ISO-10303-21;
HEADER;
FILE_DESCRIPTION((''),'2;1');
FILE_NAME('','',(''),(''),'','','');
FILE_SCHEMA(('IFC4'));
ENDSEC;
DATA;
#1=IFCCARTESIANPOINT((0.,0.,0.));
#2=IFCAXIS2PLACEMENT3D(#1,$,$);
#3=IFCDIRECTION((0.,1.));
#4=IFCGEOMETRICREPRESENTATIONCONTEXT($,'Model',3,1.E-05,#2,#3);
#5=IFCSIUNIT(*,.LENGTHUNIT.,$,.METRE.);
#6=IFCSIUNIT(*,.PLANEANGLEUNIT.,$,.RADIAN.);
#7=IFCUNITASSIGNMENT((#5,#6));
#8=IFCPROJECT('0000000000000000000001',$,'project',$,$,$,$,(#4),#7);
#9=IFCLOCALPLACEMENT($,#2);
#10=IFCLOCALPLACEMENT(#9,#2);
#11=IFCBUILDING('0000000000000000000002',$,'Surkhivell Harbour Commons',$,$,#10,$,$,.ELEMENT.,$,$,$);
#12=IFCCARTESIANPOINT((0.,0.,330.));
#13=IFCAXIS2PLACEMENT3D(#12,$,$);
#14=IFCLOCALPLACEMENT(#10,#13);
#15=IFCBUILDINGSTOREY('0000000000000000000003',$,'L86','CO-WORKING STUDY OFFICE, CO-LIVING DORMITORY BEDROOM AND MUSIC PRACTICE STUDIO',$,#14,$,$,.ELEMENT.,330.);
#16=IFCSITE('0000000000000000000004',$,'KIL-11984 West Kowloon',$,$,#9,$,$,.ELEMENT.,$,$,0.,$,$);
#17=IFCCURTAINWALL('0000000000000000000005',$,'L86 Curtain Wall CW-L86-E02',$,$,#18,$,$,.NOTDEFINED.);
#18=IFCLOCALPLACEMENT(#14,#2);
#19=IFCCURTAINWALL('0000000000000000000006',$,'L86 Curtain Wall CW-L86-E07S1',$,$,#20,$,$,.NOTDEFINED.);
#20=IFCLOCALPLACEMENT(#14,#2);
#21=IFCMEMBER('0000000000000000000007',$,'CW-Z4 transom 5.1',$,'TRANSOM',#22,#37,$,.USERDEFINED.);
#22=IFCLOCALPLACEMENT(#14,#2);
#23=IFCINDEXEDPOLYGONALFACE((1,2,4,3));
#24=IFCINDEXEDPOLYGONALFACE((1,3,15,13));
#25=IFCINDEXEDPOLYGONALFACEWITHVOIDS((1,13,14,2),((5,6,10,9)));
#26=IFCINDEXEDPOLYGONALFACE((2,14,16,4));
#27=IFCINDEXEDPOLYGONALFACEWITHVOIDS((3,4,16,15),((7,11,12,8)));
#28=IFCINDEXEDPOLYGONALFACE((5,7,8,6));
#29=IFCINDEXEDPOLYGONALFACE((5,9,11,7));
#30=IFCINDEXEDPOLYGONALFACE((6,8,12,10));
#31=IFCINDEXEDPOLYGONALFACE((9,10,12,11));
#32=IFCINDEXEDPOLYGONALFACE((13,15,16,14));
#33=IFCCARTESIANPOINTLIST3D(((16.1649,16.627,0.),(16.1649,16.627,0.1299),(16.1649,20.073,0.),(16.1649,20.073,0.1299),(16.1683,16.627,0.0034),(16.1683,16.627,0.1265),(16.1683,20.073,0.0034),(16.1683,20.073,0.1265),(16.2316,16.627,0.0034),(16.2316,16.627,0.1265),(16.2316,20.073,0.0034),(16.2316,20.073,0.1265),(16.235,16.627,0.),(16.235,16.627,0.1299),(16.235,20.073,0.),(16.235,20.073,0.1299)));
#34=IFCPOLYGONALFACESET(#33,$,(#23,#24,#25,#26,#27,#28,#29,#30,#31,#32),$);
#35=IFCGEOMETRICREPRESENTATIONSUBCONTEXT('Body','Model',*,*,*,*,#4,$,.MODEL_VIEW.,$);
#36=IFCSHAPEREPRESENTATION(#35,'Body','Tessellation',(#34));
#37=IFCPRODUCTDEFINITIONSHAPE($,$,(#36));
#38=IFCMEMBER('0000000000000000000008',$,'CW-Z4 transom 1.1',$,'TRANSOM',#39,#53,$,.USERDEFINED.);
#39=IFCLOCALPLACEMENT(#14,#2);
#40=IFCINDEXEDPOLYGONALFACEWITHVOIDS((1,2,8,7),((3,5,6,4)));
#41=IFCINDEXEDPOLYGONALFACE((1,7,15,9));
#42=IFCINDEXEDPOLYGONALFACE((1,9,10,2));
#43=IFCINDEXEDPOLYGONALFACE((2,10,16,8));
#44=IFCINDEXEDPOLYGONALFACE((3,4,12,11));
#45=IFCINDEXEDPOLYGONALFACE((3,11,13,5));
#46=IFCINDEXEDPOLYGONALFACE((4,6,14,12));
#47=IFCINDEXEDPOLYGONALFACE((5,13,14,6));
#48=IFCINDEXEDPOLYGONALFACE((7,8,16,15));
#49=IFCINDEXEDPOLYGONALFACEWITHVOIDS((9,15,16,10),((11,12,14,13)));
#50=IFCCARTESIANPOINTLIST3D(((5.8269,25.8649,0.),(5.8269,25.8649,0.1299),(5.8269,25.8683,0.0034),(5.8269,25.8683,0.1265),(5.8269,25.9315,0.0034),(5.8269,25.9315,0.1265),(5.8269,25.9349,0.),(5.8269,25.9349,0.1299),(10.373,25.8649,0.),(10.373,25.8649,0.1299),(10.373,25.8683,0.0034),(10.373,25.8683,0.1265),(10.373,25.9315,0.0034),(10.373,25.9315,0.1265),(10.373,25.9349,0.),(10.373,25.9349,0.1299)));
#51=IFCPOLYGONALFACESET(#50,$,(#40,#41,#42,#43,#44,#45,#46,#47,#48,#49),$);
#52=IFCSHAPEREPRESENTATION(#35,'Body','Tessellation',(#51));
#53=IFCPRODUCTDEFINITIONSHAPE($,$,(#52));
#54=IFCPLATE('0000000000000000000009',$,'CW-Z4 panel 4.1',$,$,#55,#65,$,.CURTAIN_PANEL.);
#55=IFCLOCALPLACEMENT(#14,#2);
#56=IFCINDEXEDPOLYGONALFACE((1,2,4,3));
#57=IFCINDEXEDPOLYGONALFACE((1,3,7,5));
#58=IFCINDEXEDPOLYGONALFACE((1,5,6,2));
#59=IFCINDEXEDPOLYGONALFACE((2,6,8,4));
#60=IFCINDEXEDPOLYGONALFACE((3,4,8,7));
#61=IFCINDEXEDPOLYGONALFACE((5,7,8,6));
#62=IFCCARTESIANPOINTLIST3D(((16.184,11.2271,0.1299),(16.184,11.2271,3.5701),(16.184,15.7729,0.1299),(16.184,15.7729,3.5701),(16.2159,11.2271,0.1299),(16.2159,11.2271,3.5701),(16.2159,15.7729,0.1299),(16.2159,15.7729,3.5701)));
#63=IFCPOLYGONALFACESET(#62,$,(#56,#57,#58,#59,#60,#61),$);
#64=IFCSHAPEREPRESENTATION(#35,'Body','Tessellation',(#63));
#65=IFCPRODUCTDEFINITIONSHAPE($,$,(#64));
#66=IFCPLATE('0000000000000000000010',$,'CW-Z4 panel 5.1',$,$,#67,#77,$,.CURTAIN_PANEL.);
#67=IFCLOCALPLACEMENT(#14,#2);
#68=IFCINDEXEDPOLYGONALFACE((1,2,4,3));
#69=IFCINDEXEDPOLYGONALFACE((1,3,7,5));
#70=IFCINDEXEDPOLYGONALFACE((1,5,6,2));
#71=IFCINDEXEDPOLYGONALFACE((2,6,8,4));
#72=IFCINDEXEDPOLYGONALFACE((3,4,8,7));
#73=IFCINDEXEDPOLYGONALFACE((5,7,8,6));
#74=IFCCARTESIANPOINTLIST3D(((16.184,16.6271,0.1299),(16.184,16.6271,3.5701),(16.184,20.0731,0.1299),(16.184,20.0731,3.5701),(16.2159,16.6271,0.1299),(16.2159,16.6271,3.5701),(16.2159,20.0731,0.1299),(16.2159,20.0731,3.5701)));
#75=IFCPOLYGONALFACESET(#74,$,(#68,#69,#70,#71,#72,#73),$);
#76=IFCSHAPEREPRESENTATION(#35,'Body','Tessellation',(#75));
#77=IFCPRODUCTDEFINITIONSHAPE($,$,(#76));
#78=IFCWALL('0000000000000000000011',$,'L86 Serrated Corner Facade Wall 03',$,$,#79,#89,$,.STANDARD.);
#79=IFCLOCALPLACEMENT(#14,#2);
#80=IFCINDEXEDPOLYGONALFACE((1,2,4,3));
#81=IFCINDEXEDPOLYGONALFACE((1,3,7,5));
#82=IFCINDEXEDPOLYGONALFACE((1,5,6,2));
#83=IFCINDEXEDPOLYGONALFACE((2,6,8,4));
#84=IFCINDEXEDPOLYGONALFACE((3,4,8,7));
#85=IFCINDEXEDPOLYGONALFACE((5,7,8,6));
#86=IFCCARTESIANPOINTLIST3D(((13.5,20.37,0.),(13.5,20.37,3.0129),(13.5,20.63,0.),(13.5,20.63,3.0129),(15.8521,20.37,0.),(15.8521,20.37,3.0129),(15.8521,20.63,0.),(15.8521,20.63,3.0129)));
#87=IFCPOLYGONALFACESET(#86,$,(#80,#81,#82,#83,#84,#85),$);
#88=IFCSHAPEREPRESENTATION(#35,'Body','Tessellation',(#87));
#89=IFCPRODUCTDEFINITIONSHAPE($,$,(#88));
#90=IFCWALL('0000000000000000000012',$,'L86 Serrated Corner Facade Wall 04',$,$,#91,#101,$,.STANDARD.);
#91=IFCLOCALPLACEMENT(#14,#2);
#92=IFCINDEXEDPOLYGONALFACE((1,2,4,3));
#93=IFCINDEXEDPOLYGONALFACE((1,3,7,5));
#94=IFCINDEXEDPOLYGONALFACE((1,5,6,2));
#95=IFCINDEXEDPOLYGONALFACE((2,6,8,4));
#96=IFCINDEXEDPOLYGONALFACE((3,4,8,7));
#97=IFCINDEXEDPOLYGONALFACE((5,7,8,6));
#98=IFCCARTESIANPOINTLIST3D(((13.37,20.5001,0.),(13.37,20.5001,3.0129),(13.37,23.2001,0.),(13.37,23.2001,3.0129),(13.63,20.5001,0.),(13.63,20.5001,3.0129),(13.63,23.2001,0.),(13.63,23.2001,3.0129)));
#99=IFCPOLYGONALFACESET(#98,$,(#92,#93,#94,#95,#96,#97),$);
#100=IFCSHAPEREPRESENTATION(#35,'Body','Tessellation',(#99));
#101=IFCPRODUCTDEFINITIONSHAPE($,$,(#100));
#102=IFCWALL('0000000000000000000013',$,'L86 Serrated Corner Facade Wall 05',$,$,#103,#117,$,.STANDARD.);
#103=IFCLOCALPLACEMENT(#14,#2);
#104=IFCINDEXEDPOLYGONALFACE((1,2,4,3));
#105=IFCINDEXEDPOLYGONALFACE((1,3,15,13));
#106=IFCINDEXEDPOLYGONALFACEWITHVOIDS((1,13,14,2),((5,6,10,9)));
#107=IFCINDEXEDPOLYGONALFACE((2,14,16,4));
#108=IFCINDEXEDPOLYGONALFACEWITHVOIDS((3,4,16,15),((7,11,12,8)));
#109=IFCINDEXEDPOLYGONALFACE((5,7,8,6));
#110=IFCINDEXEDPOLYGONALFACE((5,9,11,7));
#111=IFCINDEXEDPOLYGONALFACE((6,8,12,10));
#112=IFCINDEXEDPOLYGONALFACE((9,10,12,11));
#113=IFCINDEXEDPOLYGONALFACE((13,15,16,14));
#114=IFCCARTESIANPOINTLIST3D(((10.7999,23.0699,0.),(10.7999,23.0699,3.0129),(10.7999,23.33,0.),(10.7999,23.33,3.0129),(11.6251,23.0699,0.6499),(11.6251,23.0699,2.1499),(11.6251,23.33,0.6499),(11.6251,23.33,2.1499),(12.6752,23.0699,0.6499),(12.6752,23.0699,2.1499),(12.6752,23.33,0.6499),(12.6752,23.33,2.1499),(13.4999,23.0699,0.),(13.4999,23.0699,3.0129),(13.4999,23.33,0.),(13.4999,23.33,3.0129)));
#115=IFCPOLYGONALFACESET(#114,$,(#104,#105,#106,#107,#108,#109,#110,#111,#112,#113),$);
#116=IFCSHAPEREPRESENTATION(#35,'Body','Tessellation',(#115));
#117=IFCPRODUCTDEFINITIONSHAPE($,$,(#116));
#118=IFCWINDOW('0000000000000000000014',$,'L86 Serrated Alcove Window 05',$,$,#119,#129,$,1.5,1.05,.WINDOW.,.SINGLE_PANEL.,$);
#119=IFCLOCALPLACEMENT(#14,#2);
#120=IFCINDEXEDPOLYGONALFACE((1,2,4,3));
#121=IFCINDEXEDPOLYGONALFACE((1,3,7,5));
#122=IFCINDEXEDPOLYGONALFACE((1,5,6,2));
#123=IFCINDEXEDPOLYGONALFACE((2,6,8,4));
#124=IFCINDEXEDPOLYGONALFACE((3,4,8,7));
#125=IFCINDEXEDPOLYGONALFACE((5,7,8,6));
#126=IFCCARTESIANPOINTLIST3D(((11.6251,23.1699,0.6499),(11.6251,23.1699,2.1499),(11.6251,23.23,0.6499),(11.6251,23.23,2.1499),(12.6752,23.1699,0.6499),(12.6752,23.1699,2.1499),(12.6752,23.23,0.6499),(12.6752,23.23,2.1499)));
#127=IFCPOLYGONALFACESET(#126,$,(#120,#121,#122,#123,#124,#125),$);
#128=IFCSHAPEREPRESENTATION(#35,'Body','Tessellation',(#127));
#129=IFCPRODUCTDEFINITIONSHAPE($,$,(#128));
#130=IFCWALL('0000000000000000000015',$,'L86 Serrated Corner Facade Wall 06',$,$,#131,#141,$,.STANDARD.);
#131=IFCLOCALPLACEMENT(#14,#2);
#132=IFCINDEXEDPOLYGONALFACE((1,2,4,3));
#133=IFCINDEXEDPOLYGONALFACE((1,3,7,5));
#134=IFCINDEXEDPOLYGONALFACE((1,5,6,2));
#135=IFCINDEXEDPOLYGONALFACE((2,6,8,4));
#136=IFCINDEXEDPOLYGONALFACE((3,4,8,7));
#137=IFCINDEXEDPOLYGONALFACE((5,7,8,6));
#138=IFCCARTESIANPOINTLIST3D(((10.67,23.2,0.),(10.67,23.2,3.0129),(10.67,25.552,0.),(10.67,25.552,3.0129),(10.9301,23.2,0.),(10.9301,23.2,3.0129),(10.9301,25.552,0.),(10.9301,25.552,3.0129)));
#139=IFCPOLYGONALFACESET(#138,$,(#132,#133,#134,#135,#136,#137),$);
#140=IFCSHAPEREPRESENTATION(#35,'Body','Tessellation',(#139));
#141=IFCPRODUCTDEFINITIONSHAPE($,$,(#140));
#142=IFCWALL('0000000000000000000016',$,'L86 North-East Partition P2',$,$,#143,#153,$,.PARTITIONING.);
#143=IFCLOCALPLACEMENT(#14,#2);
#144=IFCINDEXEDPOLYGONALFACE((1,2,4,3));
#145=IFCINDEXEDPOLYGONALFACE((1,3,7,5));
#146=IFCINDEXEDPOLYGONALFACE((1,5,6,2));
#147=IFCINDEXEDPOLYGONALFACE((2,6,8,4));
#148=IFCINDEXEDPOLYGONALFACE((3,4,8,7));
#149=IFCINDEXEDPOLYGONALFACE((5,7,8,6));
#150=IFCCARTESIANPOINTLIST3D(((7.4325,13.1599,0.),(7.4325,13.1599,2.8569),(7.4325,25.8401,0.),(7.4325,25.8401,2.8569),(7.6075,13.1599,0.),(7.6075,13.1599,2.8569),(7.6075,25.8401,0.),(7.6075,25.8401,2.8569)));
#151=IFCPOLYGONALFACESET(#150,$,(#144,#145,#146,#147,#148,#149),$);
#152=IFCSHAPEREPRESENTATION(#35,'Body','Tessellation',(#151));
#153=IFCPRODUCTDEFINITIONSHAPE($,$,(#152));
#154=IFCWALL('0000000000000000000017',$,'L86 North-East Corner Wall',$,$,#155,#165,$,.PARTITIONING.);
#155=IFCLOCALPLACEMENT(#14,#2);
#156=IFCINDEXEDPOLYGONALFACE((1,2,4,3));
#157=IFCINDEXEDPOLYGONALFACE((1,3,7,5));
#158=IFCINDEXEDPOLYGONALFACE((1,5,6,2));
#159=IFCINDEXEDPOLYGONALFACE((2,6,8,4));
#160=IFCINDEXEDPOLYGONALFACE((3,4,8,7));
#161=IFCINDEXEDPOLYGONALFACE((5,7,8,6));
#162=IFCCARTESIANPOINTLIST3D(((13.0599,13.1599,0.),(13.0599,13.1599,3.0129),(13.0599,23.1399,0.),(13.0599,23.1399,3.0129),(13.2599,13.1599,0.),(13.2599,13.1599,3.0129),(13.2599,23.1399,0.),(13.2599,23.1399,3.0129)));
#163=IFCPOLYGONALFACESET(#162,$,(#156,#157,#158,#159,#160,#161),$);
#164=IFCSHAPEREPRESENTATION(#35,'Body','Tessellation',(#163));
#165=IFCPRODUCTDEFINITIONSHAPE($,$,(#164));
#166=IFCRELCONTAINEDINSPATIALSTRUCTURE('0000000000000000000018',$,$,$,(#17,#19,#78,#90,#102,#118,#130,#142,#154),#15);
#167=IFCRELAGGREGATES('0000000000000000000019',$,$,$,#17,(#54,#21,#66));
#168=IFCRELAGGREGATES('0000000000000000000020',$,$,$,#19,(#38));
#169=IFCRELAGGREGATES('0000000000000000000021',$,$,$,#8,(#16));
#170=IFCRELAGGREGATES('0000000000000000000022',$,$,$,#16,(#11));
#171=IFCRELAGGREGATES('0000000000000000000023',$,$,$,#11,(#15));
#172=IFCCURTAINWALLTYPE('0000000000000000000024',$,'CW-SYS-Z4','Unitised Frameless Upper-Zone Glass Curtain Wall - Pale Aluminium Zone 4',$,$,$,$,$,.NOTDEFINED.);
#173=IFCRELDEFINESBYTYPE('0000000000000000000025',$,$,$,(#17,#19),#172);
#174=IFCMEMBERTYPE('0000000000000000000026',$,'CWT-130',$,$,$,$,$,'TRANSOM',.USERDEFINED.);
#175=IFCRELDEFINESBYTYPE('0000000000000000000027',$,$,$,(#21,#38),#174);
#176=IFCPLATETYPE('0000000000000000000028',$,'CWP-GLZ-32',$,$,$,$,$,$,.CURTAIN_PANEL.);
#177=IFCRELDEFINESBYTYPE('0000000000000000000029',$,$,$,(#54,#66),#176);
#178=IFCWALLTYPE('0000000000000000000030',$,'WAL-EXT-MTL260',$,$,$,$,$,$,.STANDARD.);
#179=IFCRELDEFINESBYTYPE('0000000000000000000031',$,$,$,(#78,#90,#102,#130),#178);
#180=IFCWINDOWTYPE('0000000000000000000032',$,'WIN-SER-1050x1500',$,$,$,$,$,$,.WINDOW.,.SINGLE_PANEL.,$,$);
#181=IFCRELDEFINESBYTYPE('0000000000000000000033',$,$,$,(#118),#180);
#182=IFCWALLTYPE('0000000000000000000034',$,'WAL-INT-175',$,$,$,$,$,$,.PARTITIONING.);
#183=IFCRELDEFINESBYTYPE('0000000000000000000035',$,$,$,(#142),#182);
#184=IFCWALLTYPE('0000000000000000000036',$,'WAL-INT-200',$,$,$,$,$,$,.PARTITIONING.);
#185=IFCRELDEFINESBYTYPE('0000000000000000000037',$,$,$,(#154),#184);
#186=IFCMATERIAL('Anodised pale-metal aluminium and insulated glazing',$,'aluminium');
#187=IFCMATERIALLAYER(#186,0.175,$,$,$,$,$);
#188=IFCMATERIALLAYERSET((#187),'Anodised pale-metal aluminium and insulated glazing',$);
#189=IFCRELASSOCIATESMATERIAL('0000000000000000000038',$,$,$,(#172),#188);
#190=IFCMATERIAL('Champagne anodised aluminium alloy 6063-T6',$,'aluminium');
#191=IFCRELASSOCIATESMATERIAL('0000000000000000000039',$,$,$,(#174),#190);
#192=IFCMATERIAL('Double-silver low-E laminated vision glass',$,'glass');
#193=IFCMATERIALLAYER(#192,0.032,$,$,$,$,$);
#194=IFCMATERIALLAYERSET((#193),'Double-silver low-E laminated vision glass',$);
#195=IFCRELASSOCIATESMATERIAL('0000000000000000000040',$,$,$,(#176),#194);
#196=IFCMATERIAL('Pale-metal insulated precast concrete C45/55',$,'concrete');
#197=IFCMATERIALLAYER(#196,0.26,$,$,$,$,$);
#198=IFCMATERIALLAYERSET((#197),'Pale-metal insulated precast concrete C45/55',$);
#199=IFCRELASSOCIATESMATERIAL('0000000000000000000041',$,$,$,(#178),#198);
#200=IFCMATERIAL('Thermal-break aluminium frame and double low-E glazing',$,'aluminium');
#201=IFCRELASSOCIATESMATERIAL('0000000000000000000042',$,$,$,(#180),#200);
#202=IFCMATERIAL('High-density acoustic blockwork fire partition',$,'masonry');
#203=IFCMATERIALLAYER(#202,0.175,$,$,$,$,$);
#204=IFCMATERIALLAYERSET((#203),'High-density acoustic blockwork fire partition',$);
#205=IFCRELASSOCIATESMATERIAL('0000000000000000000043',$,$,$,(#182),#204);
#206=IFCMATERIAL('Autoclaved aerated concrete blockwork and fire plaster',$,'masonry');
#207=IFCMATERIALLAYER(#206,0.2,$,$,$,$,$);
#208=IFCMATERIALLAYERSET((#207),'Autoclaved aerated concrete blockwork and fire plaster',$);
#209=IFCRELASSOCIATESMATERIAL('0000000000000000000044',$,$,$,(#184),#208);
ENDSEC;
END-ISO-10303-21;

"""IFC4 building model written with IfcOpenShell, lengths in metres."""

from ifc_helpers import new_model, si_unit, direction, frame, frame_2d, origin, origin_2d, place, context, subcontext, project, spatial, rectangle, hollow_rectangle, extrude, material, layer, layer_set, material_profile, profile_set, type_object, element, fill, aggregate, save


model = new_model("IFC4")

# Units and contexts
model_context = context("Model", 3, precision=1e-05, world=origin(), true_north=direction((0.0, 1.0)))
body_context = subcontext(model_context, "Body", "Model", "MODEL_VIEW")
ifc_project = project(units=[si_unit("LENGTHUNIT", "METRE"), si_unit("PLANEANGLEUNIT", "RADIAN")], contexts=[model_context])

# Site, building, storey
site_placement = place(None, origin())
site = spatial("IfcSite", under=ifc_project, at=site_placement, Name="KIL-11984 West Kowloon", CompositionType="ELEMENT", RefElevation=0.0)
building_placement = place(site_placement, origin())
building = spatial("IfcBuilding", under=site, at=building_placement, Name="Surkhivell Harbour Commons", CompositionType="ELEMENT")
storey_placement = place(building_placement, frame((0.0, 0.0, 330.0)))
storey = spatial("IfcBuildingStorey", under=building, at=storey_placement, Name="L86", Description="CO-WORKING STUDY OFFICE, CO-LIVING DORMITORY BEDROOM AND MUSIC PRACTICE STUDIO", CompositionType="ELEMENT", Elevation=330.0)

# Curtain walls
ifc_material_1 = material(Name="Anodised pale-metal aluminium and insulated glazing", Category="aluminium")
ifc_layer_1 = layer(ifc_material_1, 0.175)
ifc_layer_set_1 = layer_set([ifc_layer_1], Name="Anodised pale-metal aluminium and insulated glazing")
curtain_wall_type = type_object("IfcCurtainWallType", Name="CW-SYS-Z4", Description="Unitised Frameless Upper-Zone Glass Curtain Wall - Pale Aluminium Zone 4", PredefinedType="NOTDEFINED", material=ifc_layer_set_1)
curtain_wall_1_placement = place(storey_placement, origin())
curtain_wall_1 = element("IfcCurtainWall", 1, at=curtain_wall_1_placement, inside=storey, type_object=curtain_wall_type, Name="L86 Curtain Wall CW-L86-E02", PredefinedType="NOTDEFINED")
curtain_wall_2_placement = place(storey_placement, origin())
curtain_wall_2 = element("IfcCurtainWall", 2, at=curtain_wall_2_placement, inside=storey, type_object=curtain_wall_type, Name="L86 Curtain Wall CW-L86-E07S1", PredefinedType="NOTDEFINED")

# Members
ifc_material_2 = material(Name="Champagne anodised aluminium alloy 6063-T6", Category="aluminium")
ifc_material_profile_1 = material_profile(ifc_material_2, hollow_rectangle(XDim=0.0701, YDim=0.1299, WallThickness=0.0034, at=origin_2d()), Name="ALU-TRAN-70x130")
ifc_profile_set_1 = profile_set([ifc_material_profile_1], Name="Champagne anodised aluminium alloy 6063-T6")
member_type_1 = type_object("IfcMemberType", Name="CWT-130", ElementType="TRANSOM", PredefinedType="USERDEFINED", material=ifc_profile_set_1)
member_1_placement = place(storey_placement, frame((16.2, 16.627, 0.0649), z_axis=(0.0, 1.0, 0.0), x_axis=(-1.0, 0.0, 0.0)))
member_1 = element("IfcMember", 3, at=member_1_placement, type_object=member_type_1, Name="CW-Z4 transom 5.1", ObjectType="TRANSOM", PredefinedType="USERDEFINED", context=body_context, shape_type="SweptSolid", body=[
    extrude(hollow_rectangle(XDim=0.0701, YDim=0.1299, WallThickness=0.0034, at=origin_2d()), origin(), (0.0, 0.0, 1.0), 3.446),
])
member_2_placement = place(storey_placement, frame((10.373, 25.8999, 0.0649), z_axis=(-1.0, 0.0, 0.0), x_axis=(0.0, -1.0, 0.0)))
member_2 = element("IfcMember", 4, at=member_2_placement, type_object=member_type_1, Name="CW-Z4 transom 1.1", ObjectType="TRANSOM", PredefinedType="USERDEFINED", context=body_context, shape_type="SweptSolid", body=[
    extrude(hollow_rectangle(XDim=0.0701, YDim=0.1299, WallThickness=0.0034, at=origin_2d()), origin(), (0.0, 0.0, 1.0), 4.5461),
])

# Plates
ifc_material_3 = material(Name="Double-silver low-E laminated vision glass", Category="glass")
ifc_layer_2 = layer(ifc_material_3, 0.032)
ifc_layer_set_2 = layer_set([ifc_layer_2], Name="Double-silver low-E laminated vision glass")
plate_type = type_object("IfcPlateType", Name="CWP-GLZ-32", PredefinedType="CURTAIN_PANEL", material=ifc_layer_set_2)
plate_1_placement = place(storey_placement, frame((16.2, 11.2271, 0.1299), z_axis=(0.0, 0.0, 1.0), x_axis=(0.0, 1.0, 0.0)))
plate_1 = element("IfcPlate", 5, at=plate_1_placement, type_object=plate_type, Name="CW-Z4 panel 4.1", PredefinedType="CURTAIN_PANEL", context=body_context, shape_type="SweptSolid", body=[
    extrude(rectangle(XDim=4.5459, YDim=0.032, at=frame_2d((2.2729, 0.0))), origin(), (0.0, 0.0, 1.0), 3.4402),
])
plate_2_placement = place(storey_placement, frame((16.2, 16.627, 0.1299), z_axis=(0.0, 0.0, 1.0), x_axis=(0.0, 1.0, 0.0)))
plate_2 = element("IfcPlate", 6, at=plate_2_placement, type_object=plate_type, Name="CW-Z4 panel 5.1", PredefinedType="CURTAIN_PANEL", context=body_context, shape_type="SweptSolid", body=[
    extrude(rectangle(XDim=3.446, YDim=0.032, at=frame_2d((1.7231, 0.0))), origin(), (0.0, 0.0, 1.0), 3.4402),
])
aggregate(curtain_wall_1, [plate_1, member_1, plate_2])
aggregate(curtain_wall_2, [member_2])

# Walls
ifc_material_4 = material(Name="Pale-metal insulated precast concrete C45/55", Category="concrete")
ifc_layer_3 = layer(ifc_material_4, 0.26)
ifc_layer_set_3 = layer_set([ifc_layer_3], Name="Pale-metal insulated precast concrete C45/55")
wall_type_1 = type_object("IfcWallType", Name="WAL-EXT-MTL260", PredefinedType="STANDARD", material=ifc_layer_set_3)
wall_1_placement = place(storey_placement, frame((15.8521, 20.5, 0.0), z_axis=(0.0, 0.0, 1.0), x_axis=(-1.0, 0.0, 0.0)))
element("IfcWall", 7, at=wall_1_placement, inside=storey, type_object=wall_type_1, Name="L86 Serrated Corner Facade Wall 03", PredefinedType="STANDARD", context=body_context, shape_type="SweptSolid", body=[
    extrude(rectangle(XDim=2.3521, YDim=0.26, at=frame_2d((1.176, 0.0))), origin(), (0.0, 0.0, 1.0), 3.0129),
])
wall_2_placement = place(storey_placement, frame((13.5, 20.5, 0.0), z_axis=(0.0, 0.0, 1.0), x_axis=(0.0, 1.0, 0.0)))
element("IfcWall", 8, at=wall_2_placement, inside=storey, type_object=wall_type_1, Name="L86 Serrated Corner Facade Wall 04", PredefinedType="STANDARD", context=body_context, shape_type="SweptSolid", body=[
    extrude(rectangle(XDim=2.7, YDim=0.26, at=frame_2d((1.3501, 0.0))), origin(), (0.0, 0.0, 1.0), 3.0129),
])

# Wall, opening, window
wall_3_placement = place(storey_placement, frame((13.5, 23.2, 0.0), z_axis=(0.0, 0.0, 1.0), x_axis=(-1.0, 0.0, 0.0)))
wall_3 = element("IfcWall", 9, at=wall_3_placement, inside=storey, type_object=wall_type_1, Name="L86 Serrated Corner Facade Wall 05", PredefinedType="STANDARD", context=body_context, shape_type="SweptSolid", body=[
    extrude(rectangle(XDim=2.7, YDim=0.26, at=frame_2d((1.3501, 0.0))), origin(), (0.0, 0.0, 1.0), 3.0129),
])
opening_placement = place(wall_3_placement, frame((0.825, 0.0, 0.6499)))
opening = element("IfcOpeningElement", 10, at=opening_placement, cuts=wall_3, PredefinedType="OPENING", context=body_context, shape_type="SweptSolid", body=[
    extrude(rectangle(XDim=1.05, YDim=1.5, at=frame_2d((0.5249, 0.75))), frame((0.0, 0.1399, 0.0), z_axis=(0.0, -1.0, 0.0), x_axis=(1.0, 0.0, 0.0)), (0.0, 0.0, 1.0), 0.28),
])
ifc_material_5 = material(Name="Thermal-break aluminium frame and double low-E glazing", Category="aluminium")
window_type = type_object("IfcWindowType", Name="WIN-SER-1050x1500", PartitioningType="SINGLE_PANEL", PredefinedType="WINDOW", material=ifc_material_5)
window_placement = place(opening_placement, origin())
window = element("IfcWindow", 11, at=window_placement, inside=storey, type_object=window_type, Name="L86 Serrated Alcove Window 05", OverallHeight=1.5, OverallWidth=1.05, PartitioningType="SINGLE_PANEL", PredefinedType="WINDOW", context=body_context, shape_type="SweptSolid", body=[
    extrude(rectangle(XDim=1.05, YDim=1.5, at=frame_2d((0.5249, 0.75))), frame((0.0, 0.03, 0.0), z_axis=(0.0, -1.0, 0.0), x_axis=(1.0, 0.0, 0.0)), (0.0, 0.0, 1.0), 0.0601),
])
fill(opening, window)

# Walls
wall_4_placement = place(storey_placement, frame((10.8, 23.2, 0.0), z_axis=(0.0, 0.0, 1.0), x_axis=(0.0, 1.0, 0.0)))
element("IfcWall", 12, at=wall_4_placement, inside=storey, type_object=wall_type_1, Name="L86 Serrated Corner Facade Wall 06", PredefinedType="STANDARD", context=body_context, shape_type="SweptSolid", body=[
    extrude(rectangle(XDim=2.3521, YDim=0.26, at=frame_2d((1.176, 0.0))), origin(), (0.0, 0.0, 1.0), 3.0129),
])
ifc_material_6 = material(Name="High-density acoustic blockwork fire partition", Category="masonry")
ifc_layer_4 = layer(ifc_material_6, 0.175)
ifc_layer_set_4 = layer_set([ifc_layer_4], Name="High-density acoustic blockwork fire partition")
wall_type_2 = type_object("IfcWallType", Name="WAL-INT-175", PredefinedType="PARTITIONING", material=ifc_layer_set_4)
wall_5_placement = place(storey_placement, frame((7.52, 13.1599, 0.0), z_axis=(0.0, 0.0, 1.0), x_axis=(0.0, 1.0, 0.0)))
element("IfcWall", 13, at=wall_5_placement, inside=storey, type_object=wall_type_2, Name="L86 North-East Partition P2", PredefinedType="PARTITIONING", context=body_context, shape_type="SweptSolid", body=[
    extrude(rectangle(XDim=12.6802, YDim=0.175, at=frame_2d((6.3401, 0.0))), origin(), (0.0, 0.0, 1.0), 2.8569),
])
ifc_material_7 = material(Name="Autoclaved aerated concrete blockwork and fire plaster", Category="masonry")
ifc_layer_5 = layer(ifc_material_7, 0.2)
ifc_layer_set_5 = layer_set([ifc_layer_5], Name="Autoclaved aerated concrete blockwork and fire plaster")
wall_type_3 = type_object("IfcWallType", Name="WAL-INT-200", PredefinedType="PARTITIONING", material=ifc_layer_set_5)
wall_6_placement = place(storey_placement, frame((13.1599, 13.1599, 0.0), z_axis=(0.0, 0.0, 1.0), x_axis=(0.0, 1.0, 0.0)))
element("IfcWall", 14, at=wall_6_placement, inside=storey, type_object=wall_type_3, Name="L86 North-East Corner Wall", PredefinedType="PARTITIONING", context=body_context, shape_type="SweptSolid", body=[
    extrude(rectangle(XDim=9.98, YDim=0.2, at=frame_2d((4.99, 0.0))), origin(), (0.0, 0.0, 1.0), 3.0129),
])

save(model, "model.ifc")
